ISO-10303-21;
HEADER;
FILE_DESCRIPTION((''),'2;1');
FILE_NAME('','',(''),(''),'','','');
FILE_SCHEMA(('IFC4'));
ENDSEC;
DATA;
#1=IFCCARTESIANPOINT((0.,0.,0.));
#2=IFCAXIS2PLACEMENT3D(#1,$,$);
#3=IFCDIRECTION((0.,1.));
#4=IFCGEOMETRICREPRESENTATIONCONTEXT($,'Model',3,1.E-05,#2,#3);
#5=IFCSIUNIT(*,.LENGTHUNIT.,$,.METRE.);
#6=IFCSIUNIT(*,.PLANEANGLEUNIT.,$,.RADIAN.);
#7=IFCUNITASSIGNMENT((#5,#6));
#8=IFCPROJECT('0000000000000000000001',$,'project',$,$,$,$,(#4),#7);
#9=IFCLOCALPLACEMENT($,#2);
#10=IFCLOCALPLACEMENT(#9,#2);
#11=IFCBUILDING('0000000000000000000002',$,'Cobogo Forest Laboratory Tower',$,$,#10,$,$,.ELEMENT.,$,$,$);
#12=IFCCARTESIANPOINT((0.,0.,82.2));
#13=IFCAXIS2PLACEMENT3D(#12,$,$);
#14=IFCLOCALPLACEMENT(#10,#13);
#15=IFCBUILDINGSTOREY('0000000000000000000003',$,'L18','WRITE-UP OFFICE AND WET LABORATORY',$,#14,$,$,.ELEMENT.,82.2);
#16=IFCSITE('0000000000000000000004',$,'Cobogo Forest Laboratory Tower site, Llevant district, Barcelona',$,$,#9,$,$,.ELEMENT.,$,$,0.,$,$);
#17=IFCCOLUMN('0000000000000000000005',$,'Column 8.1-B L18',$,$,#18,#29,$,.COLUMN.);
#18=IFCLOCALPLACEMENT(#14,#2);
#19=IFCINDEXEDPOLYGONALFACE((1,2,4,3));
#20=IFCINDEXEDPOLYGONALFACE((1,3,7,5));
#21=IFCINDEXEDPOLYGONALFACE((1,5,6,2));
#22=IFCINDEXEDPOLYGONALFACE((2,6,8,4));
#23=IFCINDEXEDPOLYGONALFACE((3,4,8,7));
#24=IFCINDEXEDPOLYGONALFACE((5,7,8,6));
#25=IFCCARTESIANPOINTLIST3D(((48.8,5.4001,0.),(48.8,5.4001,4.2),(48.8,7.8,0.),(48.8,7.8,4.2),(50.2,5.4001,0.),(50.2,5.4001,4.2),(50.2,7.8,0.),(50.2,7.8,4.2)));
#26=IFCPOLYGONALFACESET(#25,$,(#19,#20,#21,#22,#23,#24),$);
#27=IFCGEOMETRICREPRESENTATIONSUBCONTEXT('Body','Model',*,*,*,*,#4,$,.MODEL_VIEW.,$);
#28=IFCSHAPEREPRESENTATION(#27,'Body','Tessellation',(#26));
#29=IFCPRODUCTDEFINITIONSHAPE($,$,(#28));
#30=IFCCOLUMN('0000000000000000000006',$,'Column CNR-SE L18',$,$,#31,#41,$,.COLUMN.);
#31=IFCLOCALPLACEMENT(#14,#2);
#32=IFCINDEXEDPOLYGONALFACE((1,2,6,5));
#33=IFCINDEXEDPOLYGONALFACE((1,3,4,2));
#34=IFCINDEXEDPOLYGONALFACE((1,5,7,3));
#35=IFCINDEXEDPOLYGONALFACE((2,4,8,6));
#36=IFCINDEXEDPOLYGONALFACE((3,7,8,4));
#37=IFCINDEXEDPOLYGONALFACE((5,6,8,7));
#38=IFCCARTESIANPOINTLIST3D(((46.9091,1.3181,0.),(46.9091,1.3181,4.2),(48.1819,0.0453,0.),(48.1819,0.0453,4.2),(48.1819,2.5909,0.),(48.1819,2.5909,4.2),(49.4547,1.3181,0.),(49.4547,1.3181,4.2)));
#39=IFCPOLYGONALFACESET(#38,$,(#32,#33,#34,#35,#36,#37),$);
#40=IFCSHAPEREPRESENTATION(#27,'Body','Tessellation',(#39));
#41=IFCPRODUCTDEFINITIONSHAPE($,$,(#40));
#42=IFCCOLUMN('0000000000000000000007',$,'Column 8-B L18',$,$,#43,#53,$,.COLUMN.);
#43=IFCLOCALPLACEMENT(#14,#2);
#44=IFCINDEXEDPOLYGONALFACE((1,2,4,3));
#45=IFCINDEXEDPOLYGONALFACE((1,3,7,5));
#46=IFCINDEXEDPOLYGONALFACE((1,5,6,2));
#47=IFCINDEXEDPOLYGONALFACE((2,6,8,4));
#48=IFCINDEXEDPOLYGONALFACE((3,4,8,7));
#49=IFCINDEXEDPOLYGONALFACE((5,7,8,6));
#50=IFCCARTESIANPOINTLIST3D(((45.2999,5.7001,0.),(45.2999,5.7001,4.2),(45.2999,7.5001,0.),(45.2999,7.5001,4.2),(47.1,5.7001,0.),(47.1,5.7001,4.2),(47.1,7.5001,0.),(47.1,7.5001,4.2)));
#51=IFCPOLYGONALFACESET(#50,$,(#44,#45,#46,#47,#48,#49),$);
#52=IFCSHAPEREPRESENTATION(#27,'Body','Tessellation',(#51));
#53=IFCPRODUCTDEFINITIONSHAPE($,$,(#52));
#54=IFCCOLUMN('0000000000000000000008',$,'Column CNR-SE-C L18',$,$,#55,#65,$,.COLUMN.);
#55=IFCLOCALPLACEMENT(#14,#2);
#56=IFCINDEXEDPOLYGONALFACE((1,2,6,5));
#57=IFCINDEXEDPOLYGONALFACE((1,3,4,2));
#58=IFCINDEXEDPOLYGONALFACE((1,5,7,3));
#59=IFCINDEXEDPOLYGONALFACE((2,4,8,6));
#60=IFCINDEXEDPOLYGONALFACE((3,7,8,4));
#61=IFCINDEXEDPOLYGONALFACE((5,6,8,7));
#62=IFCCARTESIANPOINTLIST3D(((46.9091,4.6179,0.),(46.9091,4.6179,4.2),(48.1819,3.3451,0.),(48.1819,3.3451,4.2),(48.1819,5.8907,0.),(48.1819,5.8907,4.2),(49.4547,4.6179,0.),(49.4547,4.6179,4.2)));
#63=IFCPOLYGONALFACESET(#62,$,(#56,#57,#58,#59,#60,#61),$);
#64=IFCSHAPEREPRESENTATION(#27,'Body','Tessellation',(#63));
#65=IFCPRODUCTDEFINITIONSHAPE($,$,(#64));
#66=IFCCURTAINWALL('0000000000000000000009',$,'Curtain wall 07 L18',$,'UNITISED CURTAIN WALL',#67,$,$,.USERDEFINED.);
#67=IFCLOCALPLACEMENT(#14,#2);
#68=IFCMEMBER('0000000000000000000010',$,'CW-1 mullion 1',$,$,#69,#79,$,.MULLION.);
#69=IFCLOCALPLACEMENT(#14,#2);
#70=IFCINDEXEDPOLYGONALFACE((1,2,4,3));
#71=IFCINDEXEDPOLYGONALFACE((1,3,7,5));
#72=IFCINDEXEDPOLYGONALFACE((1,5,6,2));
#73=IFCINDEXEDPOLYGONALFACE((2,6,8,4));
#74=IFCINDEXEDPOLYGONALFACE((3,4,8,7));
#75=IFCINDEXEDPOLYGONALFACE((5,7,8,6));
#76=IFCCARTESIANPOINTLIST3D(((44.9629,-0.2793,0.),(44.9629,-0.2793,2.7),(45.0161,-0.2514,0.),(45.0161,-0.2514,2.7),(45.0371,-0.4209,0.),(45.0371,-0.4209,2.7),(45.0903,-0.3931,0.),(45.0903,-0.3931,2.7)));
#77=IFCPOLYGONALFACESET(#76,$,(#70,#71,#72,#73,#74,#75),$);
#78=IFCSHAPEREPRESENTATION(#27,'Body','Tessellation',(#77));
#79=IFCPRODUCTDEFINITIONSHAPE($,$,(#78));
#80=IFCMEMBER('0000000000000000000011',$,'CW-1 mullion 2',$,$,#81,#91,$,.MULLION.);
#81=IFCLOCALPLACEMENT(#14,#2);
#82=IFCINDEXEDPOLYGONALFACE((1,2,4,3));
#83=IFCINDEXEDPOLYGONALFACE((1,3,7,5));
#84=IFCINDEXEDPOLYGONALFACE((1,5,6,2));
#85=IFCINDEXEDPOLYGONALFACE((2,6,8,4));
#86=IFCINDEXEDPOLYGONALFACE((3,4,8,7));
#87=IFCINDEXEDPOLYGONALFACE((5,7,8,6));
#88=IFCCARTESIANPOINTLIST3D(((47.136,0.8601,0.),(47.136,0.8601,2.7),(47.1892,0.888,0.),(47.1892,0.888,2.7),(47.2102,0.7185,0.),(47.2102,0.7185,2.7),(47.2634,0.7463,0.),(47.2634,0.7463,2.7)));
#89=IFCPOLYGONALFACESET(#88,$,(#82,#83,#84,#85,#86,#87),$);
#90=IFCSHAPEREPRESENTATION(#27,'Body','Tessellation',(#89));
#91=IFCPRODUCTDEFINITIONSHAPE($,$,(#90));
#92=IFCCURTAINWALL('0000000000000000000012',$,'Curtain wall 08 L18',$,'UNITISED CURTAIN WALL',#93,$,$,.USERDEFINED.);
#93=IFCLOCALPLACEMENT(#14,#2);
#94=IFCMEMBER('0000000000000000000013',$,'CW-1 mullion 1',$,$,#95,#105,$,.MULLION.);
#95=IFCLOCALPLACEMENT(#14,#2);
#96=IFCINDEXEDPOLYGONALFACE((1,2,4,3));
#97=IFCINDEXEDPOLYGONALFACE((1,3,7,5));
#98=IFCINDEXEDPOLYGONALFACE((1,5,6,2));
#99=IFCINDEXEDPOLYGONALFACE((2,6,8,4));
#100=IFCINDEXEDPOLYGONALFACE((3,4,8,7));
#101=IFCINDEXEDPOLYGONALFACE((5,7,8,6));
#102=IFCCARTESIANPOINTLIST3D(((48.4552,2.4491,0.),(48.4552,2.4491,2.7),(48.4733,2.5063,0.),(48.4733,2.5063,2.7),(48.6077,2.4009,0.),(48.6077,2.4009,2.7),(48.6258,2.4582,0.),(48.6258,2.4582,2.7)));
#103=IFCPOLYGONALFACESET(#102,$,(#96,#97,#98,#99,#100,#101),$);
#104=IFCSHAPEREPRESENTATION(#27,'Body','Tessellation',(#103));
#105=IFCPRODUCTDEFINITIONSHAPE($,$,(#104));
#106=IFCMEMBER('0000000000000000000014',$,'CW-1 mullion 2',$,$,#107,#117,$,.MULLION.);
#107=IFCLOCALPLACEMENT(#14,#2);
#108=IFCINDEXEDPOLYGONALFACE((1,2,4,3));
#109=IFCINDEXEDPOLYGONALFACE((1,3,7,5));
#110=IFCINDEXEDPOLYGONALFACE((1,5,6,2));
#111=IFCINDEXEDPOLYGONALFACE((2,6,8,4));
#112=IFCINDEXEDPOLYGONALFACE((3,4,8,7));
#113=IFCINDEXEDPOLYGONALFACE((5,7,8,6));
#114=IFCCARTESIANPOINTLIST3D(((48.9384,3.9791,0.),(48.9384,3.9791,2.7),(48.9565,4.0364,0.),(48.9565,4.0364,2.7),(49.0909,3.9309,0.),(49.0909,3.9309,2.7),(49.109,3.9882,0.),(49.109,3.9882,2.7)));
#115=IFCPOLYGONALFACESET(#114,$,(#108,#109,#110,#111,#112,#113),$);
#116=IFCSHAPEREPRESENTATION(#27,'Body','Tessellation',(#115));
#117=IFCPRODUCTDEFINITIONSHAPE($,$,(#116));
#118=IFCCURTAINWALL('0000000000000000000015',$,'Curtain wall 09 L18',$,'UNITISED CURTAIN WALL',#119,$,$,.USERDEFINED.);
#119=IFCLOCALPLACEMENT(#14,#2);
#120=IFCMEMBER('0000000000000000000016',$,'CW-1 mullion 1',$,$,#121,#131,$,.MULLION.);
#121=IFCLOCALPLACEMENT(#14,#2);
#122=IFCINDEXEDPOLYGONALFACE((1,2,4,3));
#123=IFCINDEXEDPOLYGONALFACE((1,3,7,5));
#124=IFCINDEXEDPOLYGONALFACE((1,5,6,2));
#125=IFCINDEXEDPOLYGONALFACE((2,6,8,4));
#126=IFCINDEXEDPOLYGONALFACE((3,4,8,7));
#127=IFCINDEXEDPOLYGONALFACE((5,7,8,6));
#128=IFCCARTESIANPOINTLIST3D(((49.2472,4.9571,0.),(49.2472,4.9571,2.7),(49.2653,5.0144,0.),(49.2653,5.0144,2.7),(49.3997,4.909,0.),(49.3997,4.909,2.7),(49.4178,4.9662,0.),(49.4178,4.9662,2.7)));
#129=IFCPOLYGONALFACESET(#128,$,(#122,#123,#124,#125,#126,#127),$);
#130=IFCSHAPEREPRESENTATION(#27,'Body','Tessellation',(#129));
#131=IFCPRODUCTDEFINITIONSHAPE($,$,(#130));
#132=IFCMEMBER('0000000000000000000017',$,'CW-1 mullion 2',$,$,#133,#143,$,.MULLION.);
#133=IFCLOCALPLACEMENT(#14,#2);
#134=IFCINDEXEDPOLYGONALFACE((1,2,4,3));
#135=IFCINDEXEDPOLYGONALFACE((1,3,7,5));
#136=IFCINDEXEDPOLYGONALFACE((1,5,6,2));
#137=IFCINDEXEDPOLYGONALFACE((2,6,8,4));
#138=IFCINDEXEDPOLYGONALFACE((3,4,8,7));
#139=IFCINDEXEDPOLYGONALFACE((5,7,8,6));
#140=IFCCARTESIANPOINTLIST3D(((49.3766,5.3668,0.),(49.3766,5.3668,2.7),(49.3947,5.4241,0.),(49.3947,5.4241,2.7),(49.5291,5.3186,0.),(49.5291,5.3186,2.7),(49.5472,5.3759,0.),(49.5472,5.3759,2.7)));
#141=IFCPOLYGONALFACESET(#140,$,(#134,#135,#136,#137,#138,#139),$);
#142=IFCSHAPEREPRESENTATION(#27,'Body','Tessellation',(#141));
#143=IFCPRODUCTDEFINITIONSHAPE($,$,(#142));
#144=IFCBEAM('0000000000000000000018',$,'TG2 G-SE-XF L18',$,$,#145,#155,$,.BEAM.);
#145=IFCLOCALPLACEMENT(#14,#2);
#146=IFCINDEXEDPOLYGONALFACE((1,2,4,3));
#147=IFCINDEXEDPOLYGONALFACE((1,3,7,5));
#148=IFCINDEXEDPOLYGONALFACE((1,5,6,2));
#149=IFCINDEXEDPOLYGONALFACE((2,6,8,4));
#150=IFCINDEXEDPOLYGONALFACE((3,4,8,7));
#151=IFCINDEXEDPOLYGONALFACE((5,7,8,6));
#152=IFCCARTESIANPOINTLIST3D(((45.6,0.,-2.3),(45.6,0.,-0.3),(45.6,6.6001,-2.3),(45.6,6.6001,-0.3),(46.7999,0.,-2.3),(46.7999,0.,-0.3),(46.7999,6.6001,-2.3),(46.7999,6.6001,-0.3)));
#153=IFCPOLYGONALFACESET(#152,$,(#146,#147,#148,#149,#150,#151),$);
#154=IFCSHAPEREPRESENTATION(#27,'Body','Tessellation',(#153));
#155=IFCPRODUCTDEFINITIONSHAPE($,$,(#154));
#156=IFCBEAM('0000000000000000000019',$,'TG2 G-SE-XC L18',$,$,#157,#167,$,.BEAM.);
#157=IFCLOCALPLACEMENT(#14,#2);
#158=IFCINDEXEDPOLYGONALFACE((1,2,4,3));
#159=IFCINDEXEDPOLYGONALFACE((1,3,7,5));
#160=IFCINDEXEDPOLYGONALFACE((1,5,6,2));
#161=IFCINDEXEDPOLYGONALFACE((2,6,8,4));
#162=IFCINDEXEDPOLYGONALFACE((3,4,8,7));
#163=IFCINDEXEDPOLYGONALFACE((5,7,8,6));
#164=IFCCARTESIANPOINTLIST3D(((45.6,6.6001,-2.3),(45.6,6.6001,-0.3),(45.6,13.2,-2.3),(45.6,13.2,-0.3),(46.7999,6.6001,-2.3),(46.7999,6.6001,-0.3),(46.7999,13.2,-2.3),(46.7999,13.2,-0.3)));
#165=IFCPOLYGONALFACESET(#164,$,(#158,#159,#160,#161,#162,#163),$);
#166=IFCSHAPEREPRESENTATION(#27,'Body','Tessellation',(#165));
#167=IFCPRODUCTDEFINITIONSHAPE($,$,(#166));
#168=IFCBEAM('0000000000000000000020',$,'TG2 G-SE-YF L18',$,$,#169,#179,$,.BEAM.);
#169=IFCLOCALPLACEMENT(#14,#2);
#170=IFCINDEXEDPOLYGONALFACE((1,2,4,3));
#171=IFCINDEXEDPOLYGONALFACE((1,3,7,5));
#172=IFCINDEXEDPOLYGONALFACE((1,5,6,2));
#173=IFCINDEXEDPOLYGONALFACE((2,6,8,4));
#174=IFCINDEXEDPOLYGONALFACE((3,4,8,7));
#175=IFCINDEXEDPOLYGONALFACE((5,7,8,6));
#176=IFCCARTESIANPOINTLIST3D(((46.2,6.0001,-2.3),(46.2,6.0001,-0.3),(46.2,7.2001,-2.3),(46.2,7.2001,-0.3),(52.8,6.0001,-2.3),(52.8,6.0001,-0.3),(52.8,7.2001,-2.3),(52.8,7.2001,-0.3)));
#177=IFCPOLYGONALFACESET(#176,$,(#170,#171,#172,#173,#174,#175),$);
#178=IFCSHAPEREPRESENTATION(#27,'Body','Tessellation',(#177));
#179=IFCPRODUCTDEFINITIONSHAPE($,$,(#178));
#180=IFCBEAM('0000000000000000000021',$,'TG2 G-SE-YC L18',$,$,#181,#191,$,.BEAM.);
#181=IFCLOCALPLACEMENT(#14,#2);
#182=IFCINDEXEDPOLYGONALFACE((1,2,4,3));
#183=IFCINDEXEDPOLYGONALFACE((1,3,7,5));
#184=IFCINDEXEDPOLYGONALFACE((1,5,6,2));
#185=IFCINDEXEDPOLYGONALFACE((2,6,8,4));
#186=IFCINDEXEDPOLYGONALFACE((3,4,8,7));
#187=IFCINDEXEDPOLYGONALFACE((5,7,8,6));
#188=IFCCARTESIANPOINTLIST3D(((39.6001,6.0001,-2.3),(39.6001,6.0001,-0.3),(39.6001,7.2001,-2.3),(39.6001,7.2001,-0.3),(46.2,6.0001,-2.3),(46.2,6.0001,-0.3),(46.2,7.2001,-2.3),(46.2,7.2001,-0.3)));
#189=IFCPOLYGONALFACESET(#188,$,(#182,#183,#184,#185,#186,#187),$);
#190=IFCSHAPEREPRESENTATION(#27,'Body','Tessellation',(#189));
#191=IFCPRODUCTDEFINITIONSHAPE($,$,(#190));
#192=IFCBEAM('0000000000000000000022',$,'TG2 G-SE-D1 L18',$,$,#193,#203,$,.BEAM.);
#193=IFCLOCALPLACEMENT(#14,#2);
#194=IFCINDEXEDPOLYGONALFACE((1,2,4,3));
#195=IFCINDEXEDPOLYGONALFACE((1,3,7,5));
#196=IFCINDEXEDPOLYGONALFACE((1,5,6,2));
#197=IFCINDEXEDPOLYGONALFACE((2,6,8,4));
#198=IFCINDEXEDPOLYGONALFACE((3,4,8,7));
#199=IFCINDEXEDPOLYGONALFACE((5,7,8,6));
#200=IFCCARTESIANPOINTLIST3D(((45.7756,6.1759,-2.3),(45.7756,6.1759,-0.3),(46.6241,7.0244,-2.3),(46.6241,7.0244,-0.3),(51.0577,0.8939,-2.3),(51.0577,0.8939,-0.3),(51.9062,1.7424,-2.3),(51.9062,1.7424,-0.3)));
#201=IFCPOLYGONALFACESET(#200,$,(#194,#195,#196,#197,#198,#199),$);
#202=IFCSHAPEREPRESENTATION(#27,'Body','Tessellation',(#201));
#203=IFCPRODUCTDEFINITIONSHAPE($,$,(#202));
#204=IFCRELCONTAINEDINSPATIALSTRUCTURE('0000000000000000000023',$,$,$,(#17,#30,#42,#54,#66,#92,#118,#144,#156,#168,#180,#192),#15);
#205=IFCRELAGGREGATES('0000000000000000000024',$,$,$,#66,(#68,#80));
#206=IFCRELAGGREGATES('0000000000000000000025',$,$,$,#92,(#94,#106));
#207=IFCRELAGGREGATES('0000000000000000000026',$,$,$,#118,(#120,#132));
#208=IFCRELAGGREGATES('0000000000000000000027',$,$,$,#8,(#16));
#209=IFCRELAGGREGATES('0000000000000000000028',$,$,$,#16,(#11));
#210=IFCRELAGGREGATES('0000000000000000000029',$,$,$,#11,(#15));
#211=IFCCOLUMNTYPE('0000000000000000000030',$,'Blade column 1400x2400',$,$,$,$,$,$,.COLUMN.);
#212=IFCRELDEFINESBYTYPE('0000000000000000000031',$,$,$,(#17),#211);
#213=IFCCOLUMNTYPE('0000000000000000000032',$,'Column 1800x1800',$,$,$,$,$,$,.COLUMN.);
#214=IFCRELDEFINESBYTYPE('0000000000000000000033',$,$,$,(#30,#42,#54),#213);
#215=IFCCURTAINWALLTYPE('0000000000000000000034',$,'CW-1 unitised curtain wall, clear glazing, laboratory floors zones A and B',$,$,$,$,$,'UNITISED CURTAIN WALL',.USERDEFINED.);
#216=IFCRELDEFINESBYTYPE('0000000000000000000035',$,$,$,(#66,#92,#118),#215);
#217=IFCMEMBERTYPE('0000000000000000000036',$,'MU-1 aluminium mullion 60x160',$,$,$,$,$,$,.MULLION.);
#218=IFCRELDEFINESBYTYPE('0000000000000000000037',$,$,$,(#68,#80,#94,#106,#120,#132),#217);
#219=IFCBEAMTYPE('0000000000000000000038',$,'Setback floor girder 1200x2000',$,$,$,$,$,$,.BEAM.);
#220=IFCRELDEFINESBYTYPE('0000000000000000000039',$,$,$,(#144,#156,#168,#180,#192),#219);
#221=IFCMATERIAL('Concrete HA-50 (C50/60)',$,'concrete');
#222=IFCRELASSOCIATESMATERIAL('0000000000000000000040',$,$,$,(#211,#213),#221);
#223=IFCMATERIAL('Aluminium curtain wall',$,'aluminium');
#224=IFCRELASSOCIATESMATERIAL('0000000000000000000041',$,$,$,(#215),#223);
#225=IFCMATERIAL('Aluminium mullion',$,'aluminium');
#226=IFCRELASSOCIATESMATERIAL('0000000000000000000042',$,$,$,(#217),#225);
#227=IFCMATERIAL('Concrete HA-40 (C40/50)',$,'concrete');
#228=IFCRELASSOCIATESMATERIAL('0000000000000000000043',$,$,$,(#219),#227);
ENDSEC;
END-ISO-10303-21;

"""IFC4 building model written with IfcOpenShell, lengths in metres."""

from ifc_helpers import new_model, si_unit, direction, frame, origin, origin_2d, place, context, subcontext, project, spatial, rectangle, extrude, material, material_profile, profile_set, type_object, element, aggregate, save


model = new_model("IFC4")

# Units and contexts
model_context = context("Model", 3, precision=1e-05, world=origin(), true_north=direction((0.0, 1.0)))
body_context = subcontext(model_context, "Body", "Model", "MODEL_VIEW")
ifc_project = project(units=[si_unit("LENGTHUNIT", "METRE"), si_unit("PLANEANGLEUNIT", "RADIAN")], contexts=[model_context])

# Site, building, storey
site_placement = place(None, origin())
site = spatial("IfcSite", under=ifc_project, at=site_placement, Name="Cobogo Forest Laboratory Tower site, Llevant district, Barcelona", CompositionType="ELEMENT", RefElevation=0.0)
building_placement = place(site_placement, origin())
building = spatial("IfcBuilding", under=site, at=building_placement, Name="Cobogo Forest Laboratory Tower", CompositionType="ELEMENT")
storey_placement = place(building_placement, frame((0.0, 0.0, 82.2)))
storey = spatial("IfcBuildingStorey", under=building, at=storey_placement, Name="L18", Description="WRITE-UP OFFICE AND WET LABORATORY", CompositionType="ELEMENT", Elevation=82.2)

# Columns
ifc_material_1 = material(Name="Concrete HA-50 (C50/60)", Category="concrete")
ifc_material_profile_1 = material_profile(ifc_material_1, rectangle(XDim=2.3999, YDim=1.3999, at=origin_2d()), Name="RC 1400x2400")
ifc_profile_set_1 = profile_set([ifc_material_profile_1], Name="Concrete HA-50 (C50/60)")
column_type_1 = type_object("IfcColumnType", Name="Blade column 1400x2400", PredefinedType="COLUMN", material=ifc_profile_set_1)
column_placement = place(storey_placement, frame((49.5, 6.6001, 0.0), z_axis=(0.0, 0.0, 1.0), x_axis=(0.0, 1.0, 0.0)))
element("IfcColumn", 1, at=column_placement, inside=storey, type_object=column_type_1, Name="Column 8.1-B L18", PredefinedType="COLUMN", context=body_context, shape_type="SweptSolid", body=[
    extrude(rectangle(XDim=2.3999, YDim=1.3999, at=origin_2d()), origin(), (0.0, 0.0, 1.0), 4.2),
])
ifc_material_profile_2 = material_profile(ifc_material_1, rectangle(XDim=1.8, YDim=1.8, at=origin_2d()), Name="RC 1800x1800")
ifc_profile_set_2 = profile_set([ifc_material_profile_2], Name="Concrete HA-50 (C50/60)")
column_type_2 = type_object("IfcColumnType", Name="Column 1800x1800", PredefinedType="COLUMN", material=ifc_profile_set_2)
for number, where, z_axis, x_axis, name in (
    (2, (48.1819, 1.3181, 0.0), (0.0, 0.0, 1.0), (0.707107, 0.707107, 0.0), "Column CNR-SE L18"),
    (3, (46.2, 6.6001, 0.0), (0.0, 0.0, 1.0), (1.0, 0.0, 0.0), "Column 8-B L18"),
    (4, (48.1819, 4.6179, 0.0), (0.0, 0.0, 1.0), (0.707107, 0.707107, 0.0), "Column CNR-SE-C L18"),
):
    element("IfcColumn", number, at=place(storey_placement, frame(where, z_axis=z_axis, x_axis=x_axis)), inside=storey, type_object=column_type_2, Name=name, PredefinedType="COLUMN", context=body_context, shape_type="SweptSolid", body=[
        extrude(rectangle(XDim=1.8, YDim=1.8, at=origin_2d()), origin(), (0.0, 0.0, 1.0), 4.2),
    ])

# Curtain walls, members
ifc_material_2 = material(Name="Aluminium curtain wall", Category="aluminium")
curtain_wall_type = type_object("IfcCurtainWallType", Name="CW-1 unitised curtain wall, clear glazing, laboratory floors zones A and B", ElementType="UNITISED CURTAIN WALL", PredefinedType="USERDEFINED", material=ifc_material_2)
curtain_wall_1_placement = place(storey_placement, origin())
curtain_wall_1 = element("IfcCurtainWall", 5, at=curtain_wall_1_placement, inside=storey, type_object=curtain_wall_type, Name="Curtain wall 07 L18", ObjectType="UNITISED CURTAIN WALL", PredefinedType="USERDEFINED")
ifc_material_3 = material(Name="Aluminium mullion", Category="aluminium")
ifc_material_profile_3 = material_profile(ifc_material_3, rectangle(XDim=0.0601, YDim=0.1599, at=origin_2d()), Name="AL 60x160")
ifc_profile_set_3 = profile_set([ifc_material_profile_3], Name="Aluminium mullion")
member_type_1 = type_object("IfcMemberType", Name="MU-1 aluminium mullion 60x160", PredefinedType="MULLION", material=ifc_profile_set_3)
member_1_placement = place(storey_placement, frame((45.0266, -0.3362, 0.0), z_axis=(0.0, 0.0, 1.0), x_axis=(0.885687, 0.464284, 0.0)))
member_1 = element("IfcMember", 6, at=member_1_placement, type_object=member_type_1, Name="CW-1 mullion 1", PredefinedType="MULLION", context=body_context, shape_type="SweptSolid", body=[
    extrude(rectangle(XDim=0.0601, YDim=0.1599, at=origin_2d()), origin(), (0.0, 0.0, 1.0), 2.7),
])
member_2_placement = place(storey_placement, frame((47.1997, 0.8032, 0.0), z_axis=(0.0, 0.0, 1.0), x_axis=(0.885687, 0.464284, 0.0)))
member_2 = element("IfcMember", 7, at=member_2_placement, type_object=member_type_1, Name="CW-1 mullion 2", PredefinedType="MULLION", context=body_context, shape_type="SweptSolid", body=[
    extrude(rectangle(XDim=0.0601, YDim=0.1599, at=origin_2d()), origin(), (0.0, 0.0, 1.0), 2.7),
])
curtain_wall_2_placement = place(storey_placement, origin())
curtain_wall_2 = element("IfcCurtainWall", 8, at=curtain_wall_2_placement, inside=storey, type_object=curtain_wall_type, Name="Curtain wall 08 L18", ObjectType="UNITISED CURTAIN WALL", PredefinedType="USERDEFINED")
member_3_placement = place(storey_placement, frame((48.5405, 2.4536, 0.0), z_axis=(0.0, 0.0, 1.0), x_axis=(0.301135, 0.953581, 0.0)))
member_3 = element("IfcMember", 9, at=member_3_placement, type_object=member_type_1, Name="CW-1 mullion 1", PredefinedType="MULLION", context=body_context, shape_type="SweptSolid", body=[
    extrude(rectangle(XDim=0.0601, YDim=0.1599, at=origin_2d()), origin(), (0.0, 0.0, 1.0), 2.7),
])
member_4_placement = place(storey_placement, frame((49.0237, 3.9836, 0.0), z_axis=(0.0, 0.0, 1.0), x_axis=(0.301135, 0.953581, 0.0)))
member_4 = element("IfcMember", 10, at=member_4_placement, type_object=member_type_1, Name="CW-1 mullion 2", PredefinedType="MULLION", context=body_context, shape_type="SweptSolid", body=[
    extrude(rectangle(XDim=0.0601, YDim=0.1599, at=origin_2d()), origin(), (0.0, 0.0, 1.0), 2.7),
])
curtain_wall_3_placement = place(storey_placement, origin())
curtain_wall_3 = element("IfcCurtainWall", 11, at=curtain_wall_3_placement, inside=storey, type_object=curtain_wall_type, Name="Curtain wall 09 L18", ObjectType="UNITISED CURTAIN WALL", PredefinedType="USERDEFINED")
member_5_placement = place(storey_placement, frame((49.3325, 4.9617, 0.0), z_axis=(0.0, 0.0, 1.0), x_axis=(0.301135, 0.953582, 0.0)))
member_5 = element("IfcMember", 12, at=member_5_placement, type_object=member_type_1, Name="CW-1 mullion 1", PredefinedType="MULLION", context=body_context, shape_type="SweptSolid", body=[
    extrude(rectangle(XDim=0.0601, YDim=0.1599, at=origin_2d()), origin(), (0.0, 0.0, 1.0), 2.7),
])
member_6_placement = place(storey_placement, frame((49.4619, 5.3713, 0.0), z_axis=(0.0, 0.0, 1.0), x_axis=(0.301135, 0.953582, 0.0)))
member_6 = element("IfcMember", 13, at=member_6_placement, type_object=member_type_1, Name="CW-1 mullion 2", PredefinedType="MULLION", context=body_context, shape_type="SweptSolid", body=[
    extrude(rectangle(XDim=0.0601, YDim=0.1599, at=origin_2d()), origin(), (0.0, 0.0, 1.0), 2.7),
])

# Beams
ifc_material_4 = material(Name="Concrete HA-40 (C40/50)", Category="concrete")
ifc_material_profile_4 = material_profile(ifc_material_4, rectangle(XDim=1.2, YDim=2.0, at=origin_2d()), Name="RC 1200x2000")
ifc_profile_set_4 = profile_set([ifc_material_profile_4], Name="Concrete HA-40 (C40/50)")
beam_type = type_object("IfcBeamType", Name="Setback floor girder 1200x2000", PredefinedType="BEAM", material=ifc_profile_set_4)
beam_1_placement = place(storey_placement, frame((46.2, 0.0, -1.3), z_axis=(0.0, 1.0, 0.0), x_axis=(-1.0, 0.0, 0.0)))
element("IfcBeam", 14, at=beam_1_placement, inside=storey, type_object=beam_type, Name="TG2 G-SE-XF L18", PredefinedType="BEAM", context=body_context, shape_type="SweptSolid", body=[
    extrude(rectangle(XDim=1.2, YDim=2.0, at=origin_2d()), origin(), (0.0, 0.0, 1.0), 6.6001),
])
beam_2_placement = place(storey_placement, frame((46.2, 6.6001, -1.3), z_axis=(0.0, 1.0, 0.0), x_axis=(-1.0, 0.0, 0.0)))
element("IfcBeam", 15, at=beam_2_placement, inside=storey, type_object=beam_type, Name="TG2 G-SE-XC L18", PredefinedType="BEAM", context=body_context, shape_type="SweptSolid", body=[
    extrude(rectangle(XDim=1.2, YDim=2.0, at=origin_2d()), origin(), (0.0, 0.0, 1.0), 6.5999),
])
beam_3_placement = place(storey_placement, frame((52.8, 6.6001, -1.3), z_axis=(-1.0, 0.0, 0.0), x_axis=(0.0, -1.0, 0.0)))
element("IfcBeam", 16, at=beam_3_placement, inside=storey, type_object=beam_type, Name="TG2 G-SE-YF L18", PredefinedType="BEAM", context=body_context, shape_type="SweptSolid", body=[
    extrude(rectangle(XDim=1.2, YDim=2.0, at=origin_2d()), origin(), (0.0, 0.0, 1.0), 6.6001),
])
beam_4_placement = place(storey_placement, frame((46.2, 6.6001, -1.3), z_axis=(-1.0, 0.0, 0.0), x_axis=(0.0, -1.0, 0.0)))
element("IfcBeam", 17, at=beam_4_placement, inside=storey, type_object=beam_type, Name="TG2 G-SE-YC L18", PredefinedType="BEAM", context=body_context, shape_type="SweptSolid", body=[
    extrude(rectangle(XDim=1.2, YDim=2.0, at=origin_2d()), origin(), (0.0, 0.0, 1.0), 6.5999),
])
beam_5_placement = place(storey_placement, frame((51.4819, 1.3181, -1.3), z_axis=(-0.707107, 0.707107, 0.0), x_axis=(-0.707107, -0.707107, 0.0)))
element("IfcBeam", 18, at=beam_5_placement, inside=storey, type_object=beam_type, Name="TG2 G-SE-D1 L18", PredefinedType="BEAM", context=body_context, shape_type="SweptSolid", body=[
    extrude(rectangle(XDim=1.2, YDim=2.0, at=origin_2d()), origin(), (0.0, 0.0, 1.0), 7.47),
])

aggregate(curtain_wall_1, [member_1, member_2])
aggregate(curtain_wall_2, [member_3, member_4])
aggregate(curtain_wall_3, [member_5, member_6])

save(model, "model.ifc")
